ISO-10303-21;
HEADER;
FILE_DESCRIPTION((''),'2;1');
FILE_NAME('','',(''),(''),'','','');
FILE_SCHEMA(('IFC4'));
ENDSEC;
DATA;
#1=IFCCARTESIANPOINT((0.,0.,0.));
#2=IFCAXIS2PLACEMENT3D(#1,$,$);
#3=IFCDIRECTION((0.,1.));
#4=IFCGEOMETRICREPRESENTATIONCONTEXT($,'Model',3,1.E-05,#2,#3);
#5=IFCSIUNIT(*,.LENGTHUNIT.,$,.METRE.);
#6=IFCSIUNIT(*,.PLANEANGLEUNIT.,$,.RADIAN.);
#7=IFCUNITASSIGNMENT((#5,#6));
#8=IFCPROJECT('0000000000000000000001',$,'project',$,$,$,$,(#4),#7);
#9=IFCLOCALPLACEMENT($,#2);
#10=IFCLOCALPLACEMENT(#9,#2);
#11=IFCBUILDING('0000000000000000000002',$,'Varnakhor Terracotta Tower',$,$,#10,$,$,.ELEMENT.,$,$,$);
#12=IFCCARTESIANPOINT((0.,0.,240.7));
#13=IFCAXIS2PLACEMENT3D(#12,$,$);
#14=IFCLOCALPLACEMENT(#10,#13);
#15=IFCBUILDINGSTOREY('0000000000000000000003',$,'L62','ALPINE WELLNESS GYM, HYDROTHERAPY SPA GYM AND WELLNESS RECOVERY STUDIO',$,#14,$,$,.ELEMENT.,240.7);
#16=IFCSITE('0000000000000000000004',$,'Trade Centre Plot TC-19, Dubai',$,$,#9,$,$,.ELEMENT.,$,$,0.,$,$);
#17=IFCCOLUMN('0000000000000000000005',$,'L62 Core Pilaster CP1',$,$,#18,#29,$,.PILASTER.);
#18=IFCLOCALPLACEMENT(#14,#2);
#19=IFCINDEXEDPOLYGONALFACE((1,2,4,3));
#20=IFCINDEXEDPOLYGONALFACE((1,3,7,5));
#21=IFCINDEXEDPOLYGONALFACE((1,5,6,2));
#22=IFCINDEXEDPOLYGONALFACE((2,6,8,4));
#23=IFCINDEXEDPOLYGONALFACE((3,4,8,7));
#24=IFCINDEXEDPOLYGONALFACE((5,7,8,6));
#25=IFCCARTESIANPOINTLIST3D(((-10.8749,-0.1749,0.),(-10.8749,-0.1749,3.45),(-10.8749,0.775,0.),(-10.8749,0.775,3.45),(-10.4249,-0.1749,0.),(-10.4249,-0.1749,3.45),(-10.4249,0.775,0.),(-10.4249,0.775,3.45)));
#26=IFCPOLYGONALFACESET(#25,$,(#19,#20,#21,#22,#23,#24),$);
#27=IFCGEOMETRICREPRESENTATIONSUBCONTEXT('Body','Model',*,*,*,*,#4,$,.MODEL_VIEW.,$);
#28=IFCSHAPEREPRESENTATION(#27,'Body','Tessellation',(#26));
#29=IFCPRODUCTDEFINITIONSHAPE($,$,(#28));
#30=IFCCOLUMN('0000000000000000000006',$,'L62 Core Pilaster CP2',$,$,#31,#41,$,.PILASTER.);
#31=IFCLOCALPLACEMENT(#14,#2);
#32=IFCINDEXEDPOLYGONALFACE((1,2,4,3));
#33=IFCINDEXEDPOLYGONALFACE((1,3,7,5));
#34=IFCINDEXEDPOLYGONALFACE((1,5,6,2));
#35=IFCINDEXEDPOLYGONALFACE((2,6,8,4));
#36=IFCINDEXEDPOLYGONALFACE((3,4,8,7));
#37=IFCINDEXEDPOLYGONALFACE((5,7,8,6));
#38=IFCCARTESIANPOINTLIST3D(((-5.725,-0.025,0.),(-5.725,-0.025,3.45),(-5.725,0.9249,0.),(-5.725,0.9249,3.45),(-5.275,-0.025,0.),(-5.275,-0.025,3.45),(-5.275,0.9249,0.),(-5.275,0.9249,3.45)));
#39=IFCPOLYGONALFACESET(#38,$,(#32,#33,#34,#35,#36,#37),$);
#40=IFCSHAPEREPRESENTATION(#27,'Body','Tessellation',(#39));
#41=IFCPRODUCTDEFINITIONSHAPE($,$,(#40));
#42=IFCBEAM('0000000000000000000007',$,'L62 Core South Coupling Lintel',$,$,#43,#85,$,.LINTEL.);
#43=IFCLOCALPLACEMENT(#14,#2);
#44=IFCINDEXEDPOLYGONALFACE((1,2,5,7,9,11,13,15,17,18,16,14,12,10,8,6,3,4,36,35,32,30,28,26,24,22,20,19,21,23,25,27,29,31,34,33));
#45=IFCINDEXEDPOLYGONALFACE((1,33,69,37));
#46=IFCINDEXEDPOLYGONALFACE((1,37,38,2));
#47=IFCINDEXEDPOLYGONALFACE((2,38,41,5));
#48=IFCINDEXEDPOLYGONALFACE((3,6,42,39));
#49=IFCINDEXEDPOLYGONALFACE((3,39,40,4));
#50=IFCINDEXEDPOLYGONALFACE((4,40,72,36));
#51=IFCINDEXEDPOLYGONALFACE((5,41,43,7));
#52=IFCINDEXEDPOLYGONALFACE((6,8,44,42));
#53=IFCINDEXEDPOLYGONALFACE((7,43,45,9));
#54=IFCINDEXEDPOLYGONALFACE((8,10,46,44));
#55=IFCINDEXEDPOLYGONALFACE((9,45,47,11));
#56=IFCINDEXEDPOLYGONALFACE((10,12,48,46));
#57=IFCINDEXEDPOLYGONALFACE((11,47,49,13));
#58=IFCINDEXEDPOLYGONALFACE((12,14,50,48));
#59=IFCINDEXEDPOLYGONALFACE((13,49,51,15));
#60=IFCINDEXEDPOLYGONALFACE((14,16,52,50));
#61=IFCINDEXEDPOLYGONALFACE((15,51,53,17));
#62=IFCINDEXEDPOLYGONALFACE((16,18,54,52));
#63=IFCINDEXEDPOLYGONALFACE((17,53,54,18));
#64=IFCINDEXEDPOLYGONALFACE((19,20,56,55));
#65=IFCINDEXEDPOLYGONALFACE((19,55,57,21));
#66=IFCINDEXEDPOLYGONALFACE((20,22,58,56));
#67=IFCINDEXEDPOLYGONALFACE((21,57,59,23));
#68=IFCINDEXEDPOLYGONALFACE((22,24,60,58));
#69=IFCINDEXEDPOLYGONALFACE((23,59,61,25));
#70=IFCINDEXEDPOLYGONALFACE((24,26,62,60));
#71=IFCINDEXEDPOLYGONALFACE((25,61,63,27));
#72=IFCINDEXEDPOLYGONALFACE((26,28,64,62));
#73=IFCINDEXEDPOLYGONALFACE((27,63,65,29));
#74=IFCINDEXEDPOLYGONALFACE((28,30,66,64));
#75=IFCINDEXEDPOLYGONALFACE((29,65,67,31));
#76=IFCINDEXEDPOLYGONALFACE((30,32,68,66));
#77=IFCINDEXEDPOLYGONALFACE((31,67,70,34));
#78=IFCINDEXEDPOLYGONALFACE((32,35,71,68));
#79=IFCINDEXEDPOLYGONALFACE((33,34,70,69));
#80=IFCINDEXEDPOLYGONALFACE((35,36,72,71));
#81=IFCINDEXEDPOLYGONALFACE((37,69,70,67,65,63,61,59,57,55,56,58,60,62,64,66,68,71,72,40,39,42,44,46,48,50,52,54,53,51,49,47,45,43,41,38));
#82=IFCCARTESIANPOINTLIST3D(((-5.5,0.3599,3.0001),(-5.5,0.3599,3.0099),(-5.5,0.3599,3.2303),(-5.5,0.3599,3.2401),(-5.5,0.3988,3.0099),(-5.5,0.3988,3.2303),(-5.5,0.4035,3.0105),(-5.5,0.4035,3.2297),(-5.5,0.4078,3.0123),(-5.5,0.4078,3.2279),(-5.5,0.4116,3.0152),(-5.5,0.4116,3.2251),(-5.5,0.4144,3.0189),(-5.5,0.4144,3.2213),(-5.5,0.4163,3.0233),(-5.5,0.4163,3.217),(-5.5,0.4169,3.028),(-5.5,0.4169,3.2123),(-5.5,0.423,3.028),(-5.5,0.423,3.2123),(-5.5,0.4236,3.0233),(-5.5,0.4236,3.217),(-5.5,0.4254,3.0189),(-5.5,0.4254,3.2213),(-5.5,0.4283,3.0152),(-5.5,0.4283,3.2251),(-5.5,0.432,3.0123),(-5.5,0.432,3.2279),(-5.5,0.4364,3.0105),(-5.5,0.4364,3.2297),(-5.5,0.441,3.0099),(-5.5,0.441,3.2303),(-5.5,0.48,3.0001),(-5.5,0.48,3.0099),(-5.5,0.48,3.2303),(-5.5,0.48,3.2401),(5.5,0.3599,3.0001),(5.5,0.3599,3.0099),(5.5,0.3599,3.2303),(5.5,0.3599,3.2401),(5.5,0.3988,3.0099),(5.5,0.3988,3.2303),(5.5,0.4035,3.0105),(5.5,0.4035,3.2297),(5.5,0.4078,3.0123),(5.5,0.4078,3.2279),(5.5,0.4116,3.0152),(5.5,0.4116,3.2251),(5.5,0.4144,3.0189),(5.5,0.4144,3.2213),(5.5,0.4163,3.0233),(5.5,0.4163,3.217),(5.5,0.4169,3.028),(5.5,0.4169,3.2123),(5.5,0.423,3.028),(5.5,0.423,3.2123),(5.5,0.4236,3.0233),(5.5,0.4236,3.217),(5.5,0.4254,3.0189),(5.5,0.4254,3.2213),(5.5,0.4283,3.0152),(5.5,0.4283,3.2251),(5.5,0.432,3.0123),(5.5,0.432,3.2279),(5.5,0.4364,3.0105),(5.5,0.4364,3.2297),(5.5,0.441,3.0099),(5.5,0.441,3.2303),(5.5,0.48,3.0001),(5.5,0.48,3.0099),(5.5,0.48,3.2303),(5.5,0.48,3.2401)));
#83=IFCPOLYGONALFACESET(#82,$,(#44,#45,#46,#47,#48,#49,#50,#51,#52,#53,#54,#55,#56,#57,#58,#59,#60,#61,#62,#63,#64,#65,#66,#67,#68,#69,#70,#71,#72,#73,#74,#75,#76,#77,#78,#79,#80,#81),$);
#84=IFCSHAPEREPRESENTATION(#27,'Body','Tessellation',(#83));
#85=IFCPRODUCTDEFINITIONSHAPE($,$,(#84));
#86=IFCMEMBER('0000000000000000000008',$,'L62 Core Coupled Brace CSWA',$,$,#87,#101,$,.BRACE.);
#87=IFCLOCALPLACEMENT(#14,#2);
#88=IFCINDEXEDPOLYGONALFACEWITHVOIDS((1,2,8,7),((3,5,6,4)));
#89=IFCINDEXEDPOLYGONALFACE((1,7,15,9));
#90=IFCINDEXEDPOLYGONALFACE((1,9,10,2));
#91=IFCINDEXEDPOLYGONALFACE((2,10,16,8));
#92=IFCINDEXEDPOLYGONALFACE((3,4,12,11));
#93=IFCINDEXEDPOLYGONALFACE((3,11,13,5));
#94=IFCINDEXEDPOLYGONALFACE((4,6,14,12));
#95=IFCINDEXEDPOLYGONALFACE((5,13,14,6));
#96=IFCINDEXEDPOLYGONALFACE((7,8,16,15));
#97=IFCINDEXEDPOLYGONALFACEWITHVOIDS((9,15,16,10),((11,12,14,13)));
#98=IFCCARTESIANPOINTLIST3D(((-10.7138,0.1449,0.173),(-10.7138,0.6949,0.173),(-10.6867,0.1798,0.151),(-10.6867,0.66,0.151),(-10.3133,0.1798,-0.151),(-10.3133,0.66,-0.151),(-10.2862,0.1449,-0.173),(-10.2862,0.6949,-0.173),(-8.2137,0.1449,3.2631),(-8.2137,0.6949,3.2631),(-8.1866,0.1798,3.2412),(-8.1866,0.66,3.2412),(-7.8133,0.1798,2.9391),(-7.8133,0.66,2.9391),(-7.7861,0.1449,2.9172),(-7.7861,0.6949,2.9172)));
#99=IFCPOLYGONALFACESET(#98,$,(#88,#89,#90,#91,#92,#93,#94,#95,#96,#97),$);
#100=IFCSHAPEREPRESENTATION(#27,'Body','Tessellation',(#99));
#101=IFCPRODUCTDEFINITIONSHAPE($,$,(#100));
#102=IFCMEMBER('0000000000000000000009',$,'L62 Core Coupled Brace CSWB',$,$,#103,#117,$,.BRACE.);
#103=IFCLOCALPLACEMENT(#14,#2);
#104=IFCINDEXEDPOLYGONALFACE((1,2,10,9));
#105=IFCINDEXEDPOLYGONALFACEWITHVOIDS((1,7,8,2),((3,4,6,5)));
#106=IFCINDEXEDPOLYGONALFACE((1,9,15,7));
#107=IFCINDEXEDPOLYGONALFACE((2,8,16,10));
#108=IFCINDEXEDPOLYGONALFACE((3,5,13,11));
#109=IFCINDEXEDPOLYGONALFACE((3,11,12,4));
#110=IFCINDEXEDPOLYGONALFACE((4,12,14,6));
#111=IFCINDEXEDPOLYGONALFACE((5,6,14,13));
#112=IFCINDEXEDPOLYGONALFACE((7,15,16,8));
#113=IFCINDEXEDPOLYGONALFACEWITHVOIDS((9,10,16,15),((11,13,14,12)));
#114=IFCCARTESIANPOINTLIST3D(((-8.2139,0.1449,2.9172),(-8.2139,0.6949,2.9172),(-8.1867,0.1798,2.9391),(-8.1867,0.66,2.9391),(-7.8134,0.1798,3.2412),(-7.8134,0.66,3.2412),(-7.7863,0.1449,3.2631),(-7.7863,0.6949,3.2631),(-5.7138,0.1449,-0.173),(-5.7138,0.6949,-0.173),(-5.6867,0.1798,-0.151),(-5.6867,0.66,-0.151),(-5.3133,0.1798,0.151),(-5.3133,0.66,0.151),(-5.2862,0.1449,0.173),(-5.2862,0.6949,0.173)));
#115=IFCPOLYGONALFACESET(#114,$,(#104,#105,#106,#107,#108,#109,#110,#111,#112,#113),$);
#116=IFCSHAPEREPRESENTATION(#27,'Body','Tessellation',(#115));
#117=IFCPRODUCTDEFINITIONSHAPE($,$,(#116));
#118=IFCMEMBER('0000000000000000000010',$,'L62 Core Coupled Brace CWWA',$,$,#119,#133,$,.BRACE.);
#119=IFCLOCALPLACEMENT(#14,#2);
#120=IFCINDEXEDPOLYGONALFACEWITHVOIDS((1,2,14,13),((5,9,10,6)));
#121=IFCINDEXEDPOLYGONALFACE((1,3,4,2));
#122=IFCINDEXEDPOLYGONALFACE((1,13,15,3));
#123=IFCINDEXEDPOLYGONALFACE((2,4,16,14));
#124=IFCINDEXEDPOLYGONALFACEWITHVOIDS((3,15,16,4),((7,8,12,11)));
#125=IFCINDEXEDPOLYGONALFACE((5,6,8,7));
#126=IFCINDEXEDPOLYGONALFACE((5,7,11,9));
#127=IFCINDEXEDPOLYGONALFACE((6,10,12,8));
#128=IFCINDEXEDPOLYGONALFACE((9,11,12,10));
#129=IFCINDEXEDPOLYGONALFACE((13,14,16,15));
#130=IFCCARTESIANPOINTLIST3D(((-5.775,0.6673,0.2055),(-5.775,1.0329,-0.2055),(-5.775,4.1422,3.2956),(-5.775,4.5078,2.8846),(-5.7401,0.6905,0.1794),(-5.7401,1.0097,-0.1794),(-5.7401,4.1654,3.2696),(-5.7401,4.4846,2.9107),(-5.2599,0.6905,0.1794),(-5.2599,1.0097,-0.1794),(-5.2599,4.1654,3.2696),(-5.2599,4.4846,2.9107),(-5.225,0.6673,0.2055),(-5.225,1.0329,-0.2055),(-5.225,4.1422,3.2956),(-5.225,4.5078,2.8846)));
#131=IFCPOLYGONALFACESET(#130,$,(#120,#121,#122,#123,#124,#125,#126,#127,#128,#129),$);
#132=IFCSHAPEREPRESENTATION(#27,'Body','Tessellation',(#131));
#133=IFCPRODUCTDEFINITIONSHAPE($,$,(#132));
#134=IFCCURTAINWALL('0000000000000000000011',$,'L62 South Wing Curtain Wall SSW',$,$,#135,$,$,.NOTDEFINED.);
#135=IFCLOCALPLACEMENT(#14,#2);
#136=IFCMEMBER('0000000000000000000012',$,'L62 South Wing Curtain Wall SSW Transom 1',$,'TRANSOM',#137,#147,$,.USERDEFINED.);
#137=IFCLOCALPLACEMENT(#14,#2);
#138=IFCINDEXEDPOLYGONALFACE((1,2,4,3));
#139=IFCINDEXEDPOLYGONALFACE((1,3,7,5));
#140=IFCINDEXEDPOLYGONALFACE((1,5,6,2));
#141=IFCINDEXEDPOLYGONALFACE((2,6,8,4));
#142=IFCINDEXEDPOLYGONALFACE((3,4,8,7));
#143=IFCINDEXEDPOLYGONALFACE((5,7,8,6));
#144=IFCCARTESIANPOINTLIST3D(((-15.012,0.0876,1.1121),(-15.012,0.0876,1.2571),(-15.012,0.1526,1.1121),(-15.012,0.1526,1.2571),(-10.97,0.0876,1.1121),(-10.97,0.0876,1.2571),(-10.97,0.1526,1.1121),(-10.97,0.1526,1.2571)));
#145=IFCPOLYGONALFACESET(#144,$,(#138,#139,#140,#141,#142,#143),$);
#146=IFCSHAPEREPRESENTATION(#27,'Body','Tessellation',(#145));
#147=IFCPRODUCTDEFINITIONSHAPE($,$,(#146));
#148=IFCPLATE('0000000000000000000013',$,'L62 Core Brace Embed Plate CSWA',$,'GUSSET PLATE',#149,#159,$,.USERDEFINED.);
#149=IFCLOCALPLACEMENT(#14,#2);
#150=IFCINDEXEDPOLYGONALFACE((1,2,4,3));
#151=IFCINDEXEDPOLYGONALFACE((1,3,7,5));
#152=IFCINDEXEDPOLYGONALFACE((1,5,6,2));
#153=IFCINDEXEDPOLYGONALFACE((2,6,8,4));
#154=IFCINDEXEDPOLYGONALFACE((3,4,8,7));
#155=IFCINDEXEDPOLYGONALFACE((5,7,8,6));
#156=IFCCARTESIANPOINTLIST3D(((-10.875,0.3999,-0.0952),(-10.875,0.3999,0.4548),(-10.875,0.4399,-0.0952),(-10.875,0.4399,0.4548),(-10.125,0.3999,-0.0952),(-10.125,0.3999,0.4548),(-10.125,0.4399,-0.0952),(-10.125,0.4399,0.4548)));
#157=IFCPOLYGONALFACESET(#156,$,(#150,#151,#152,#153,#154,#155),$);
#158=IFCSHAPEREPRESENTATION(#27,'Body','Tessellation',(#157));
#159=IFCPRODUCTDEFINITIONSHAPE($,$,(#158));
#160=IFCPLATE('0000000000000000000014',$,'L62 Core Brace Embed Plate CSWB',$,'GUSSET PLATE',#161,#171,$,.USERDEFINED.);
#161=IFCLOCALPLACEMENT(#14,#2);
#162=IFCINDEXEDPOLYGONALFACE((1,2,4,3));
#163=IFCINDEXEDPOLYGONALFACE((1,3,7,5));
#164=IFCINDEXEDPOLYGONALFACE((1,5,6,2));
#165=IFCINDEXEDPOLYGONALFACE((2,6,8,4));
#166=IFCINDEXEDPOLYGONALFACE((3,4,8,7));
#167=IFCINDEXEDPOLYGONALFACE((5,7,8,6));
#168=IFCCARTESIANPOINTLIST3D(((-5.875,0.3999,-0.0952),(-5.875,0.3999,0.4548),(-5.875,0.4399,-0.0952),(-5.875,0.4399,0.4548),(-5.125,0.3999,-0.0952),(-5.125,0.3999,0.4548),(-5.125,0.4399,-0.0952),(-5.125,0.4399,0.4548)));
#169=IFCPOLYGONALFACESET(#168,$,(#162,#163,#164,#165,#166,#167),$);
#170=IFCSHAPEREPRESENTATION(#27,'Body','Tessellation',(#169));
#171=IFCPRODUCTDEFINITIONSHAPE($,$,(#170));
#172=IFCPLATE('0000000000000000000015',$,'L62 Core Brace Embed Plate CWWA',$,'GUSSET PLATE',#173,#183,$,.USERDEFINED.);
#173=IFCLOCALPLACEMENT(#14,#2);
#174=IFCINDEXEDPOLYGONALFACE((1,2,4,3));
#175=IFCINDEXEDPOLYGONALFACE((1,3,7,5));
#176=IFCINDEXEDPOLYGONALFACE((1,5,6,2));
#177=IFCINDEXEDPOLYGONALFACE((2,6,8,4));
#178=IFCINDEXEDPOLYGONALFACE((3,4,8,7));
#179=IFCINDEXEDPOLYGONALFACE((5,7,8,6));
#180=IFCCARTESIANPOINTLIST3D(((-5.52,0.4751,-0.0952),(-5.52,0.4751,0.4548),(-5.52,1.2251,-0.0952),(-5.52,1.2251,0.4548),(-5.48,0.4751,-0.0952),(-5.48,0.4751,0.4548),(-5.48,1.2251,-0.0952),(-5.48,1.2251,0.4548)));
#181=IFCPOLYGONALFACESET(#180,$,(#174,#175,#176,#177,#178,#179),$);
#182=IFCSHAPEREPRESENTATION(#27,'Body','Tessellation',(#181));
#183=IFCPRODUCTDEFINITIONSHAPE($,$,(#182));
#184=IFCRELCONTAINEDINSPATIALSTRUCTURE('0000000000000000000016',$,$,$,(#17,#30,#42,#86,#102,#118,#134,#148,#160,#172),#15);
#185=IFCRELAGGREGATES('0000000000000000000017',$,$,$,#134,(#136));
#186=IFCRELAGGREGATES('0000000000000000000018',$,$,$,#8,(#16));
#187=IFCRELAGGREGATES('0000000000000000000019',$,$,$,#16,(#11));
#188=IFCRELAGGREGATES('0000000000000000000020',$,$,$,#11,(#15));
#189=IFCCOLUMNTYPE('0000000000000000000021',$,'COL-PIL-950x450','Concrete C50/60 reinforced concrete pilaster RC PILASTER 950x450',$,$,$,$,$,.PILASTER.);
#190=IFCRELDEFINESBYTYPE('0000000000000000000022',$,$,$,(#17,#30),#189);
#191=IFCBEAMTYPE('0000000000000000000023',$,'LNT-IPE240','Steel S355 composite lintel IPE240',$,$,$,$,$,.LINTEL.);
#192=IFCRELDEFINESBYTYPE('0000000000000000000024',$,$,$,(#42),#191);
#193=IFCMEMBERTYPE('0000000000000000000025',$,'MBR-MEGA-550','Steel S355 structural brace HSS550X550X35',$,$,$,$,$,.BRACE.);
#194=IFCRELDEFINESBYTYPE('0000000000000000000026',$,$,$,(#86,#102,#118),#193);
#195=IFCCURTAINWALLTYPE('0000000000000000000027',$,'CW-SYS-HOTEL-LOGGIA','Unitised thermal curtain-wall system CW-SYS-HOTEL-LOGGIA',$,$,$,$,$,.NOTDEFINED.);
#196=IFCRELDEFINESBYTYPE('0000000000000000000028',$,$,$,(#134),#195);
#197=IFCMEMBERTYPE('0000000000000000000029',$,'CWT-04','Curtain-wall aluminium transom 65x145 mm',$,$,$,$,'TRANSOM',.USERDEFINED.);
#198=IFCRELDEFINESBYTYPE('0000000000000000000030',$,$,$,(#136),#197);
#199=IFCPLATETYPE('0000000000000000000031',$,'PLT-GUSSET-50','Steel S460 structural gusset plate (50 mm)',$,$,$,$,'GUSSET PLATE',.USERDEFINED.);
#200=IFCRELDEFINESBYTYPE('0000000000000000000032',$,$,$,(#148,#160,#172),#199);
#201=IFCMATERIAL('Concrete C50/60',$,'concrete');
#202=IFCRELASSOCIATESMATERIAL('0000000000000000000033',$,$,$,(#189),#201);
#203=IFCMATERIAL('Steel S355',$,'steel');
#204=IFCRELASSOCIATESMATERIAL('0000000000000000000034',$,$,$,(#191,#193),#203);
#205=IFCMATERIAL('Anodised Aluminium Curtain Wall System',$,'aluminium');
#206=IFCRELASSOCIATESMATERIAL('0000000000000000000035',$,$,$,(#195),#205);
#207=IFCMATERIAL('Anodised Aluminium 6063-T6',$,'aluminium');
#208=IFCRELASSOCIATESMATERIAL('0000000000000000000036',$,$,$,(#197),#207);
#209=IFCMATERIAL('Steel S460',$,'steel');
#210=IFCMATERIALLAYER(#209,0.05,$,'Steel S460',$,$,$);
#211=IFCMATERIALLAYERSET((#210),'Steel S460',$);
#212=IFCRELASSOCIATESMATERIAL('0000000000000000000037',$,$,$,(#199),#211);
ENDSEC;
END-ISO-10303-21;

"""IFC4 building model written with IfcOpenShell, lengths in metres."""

from ifc_helpers import new_model, si_unit, direction, frame, origin, origin_2d, place, context, subcontext, project, spatial, rectangle, hollow_rectangle, i_section, extrude, source, transform, mapped, material, layer, layer_set, material_profile, profile_set, type_object, type_shapes, element, aggregate, save


model = new_model("IFC4")

# Units and contexts
model_context = context("Model", 3, precision=1e-05, world=origin(), true_north=direction((0.0, 1.0)))
body_context = subcontext(model_context, "Body", "Model", "MODEL_VIEW")
ifc_project = project(units=[si_unit("LENGTHUNIT", "METRE"), si_unit("PLANEANGLEUNIT", "RADIAN")], contexts=[model_context])

# Site, building, storey
site_placement = place(None, origin())
site = spatial("IfcSite", under=ifc_project, at=site_placement, Name="Trade Centre Plot TC-19, Dubai", CompositionType="ELEMENT", RefElevation=0.0)
building_placement = place(site_placement, origin())
building = spatial("IfcBuilding", under=site, at=building_placement, Name="Varnakhor Terracotta Tower", CompositionType="ELEMENT")
storey_placement = place(building_placement, frame((0.0, 0.0, 240.7)))
storey = spatial("IfcBuildingStorey", under=building, at=storey_placement, Name="L62", Description="ALPINE WELLNESS GYM, HYDROTHERAPY SPA GYM AND WELLNESS RECOVERY STUDIO", CompositionType="ELEMENT", Elevation=240.7)

# Columns
ifc_material_1 = material(Name="Concrete C50/60", Category="concrete")
ifc_material_profile_1 = material_profile(ifc_material_1, rectangle(XDim=0.45, YDim=0.95, at=origin_2d()), Name="RC PILASTER 950x450")
ifc_profile_set_1 = profile_set([ifc_material_profile_1], Name="Concrete C50/60")
column_type = type_object("IfcColumnType", Name="COL-PIL-950x450", Description="Concrete C50/60 reinforced concrete pilaster RC PILASTER 950x450", PredefinedType="PILASTER", material=ifc_profile_set_1)
shared_shape_1 = source(origin(), body_context, "Body", "SweptSolid", [
    extrude(rectangle(XDim=0.45, YDim=0.95, at=origin_2d()), origin(), (0.0, 0.0, 1.0), 3.45),
])
for number, where, z_axis, x_axis, name in (
    (1, (-10.6499, 0.3, 0.0), (0.0, 0.0, 1.0), (1.0, 0.0, 0.0), "L62 Core Pilaster CP1"),
    (2, (-5.5, 0.45, 0.0), (0.0, 0.0, 1.0), (1.0, 0.0, 0.0), "L62 Core Pilaster CP2"),
):
    element("IfcColumn", number, at=place(storey_placement, frame(where, z_axis=z_axis, x_axis=x_axis)), inside=storey, type_object=column_type, Name=name, PredefinedType="PILASTER", context=body_context, shape_type="MappedRepresentation", body=[
        mapped(shared_shape_1, transform((0.0, 0.0, 0.0), scale=1.0)),
    ])

# Beam
ifc_material_2 = material(Name="Steel S355", Category="steel")
ifc_material_profile_2 = material_profile(ifc_material_2, i_section(OverallWidth=0.1201, OverallDepth=0.24, WebThickness=0.0061, FlangeThickness=0.0098, FilletRadius=0.0181, at=origin_2d()), Name="IPE240")
ifc_profile_set_2 = profile_set([ifc_material_profile_2], Name="Steel S355")
beam_type = type_object("IfcBeamType", Name="LNT-IPE240", Description="Steel S355 composite lintel IPE240", PredefinedType="LINTEL", material=ifc_profile_set_2)
shared_shape_2 = source(origin(), body_context, "Body", "SweptSolid", [
    extrude(i_section(OverallWidth=0.1201, OverallDepth=0.24, WebThickness=0.0061, FlangeThickness=0.0098, FilletRadius=0.0181, at=origin_2d()), origin(), (0.0, 0.0, 1.0), 11.0),
])
type_shapes(beam_type, [shared_shape_2])
beam_placement = place(storey_placement, frame((-5.5, 0.4199, 3.1201), z_axis=(1.0, 0.0, 0.0), x_axis=(0.0, 1.0, 0.0)))
element("IfcBeam", 3, at=beam_placement, inside=storey, type_object=beam_type, Name="L62 Core South Coupling Lintel", PredefinedType="LINTEL", context=body_context, shape_type="MappedRepresentation", body=[
    mapped(shared_shape_2, transform((0.0, 0.0, 0.0), scale=1.0)),
])

# Members
ifc_material_profile_3 = material_profile(ifc_material_2, hollow_rectangle(XDim=0.55, YDim=0.55, WallThickness=0.0349, at=origin_2d()), Name="HSS550X550X35")
ifc_profile_set_3 = profile_set([ifc_material_profile_3], Name="Steel S355")
member_type_1 = type_object("IfcMemberType", Name="MBR-MEGA-550", Description="Steel S355 structural brace HSS550X550X35", PredefinedType="BRACE", material=ifc_profile_set_3)
shared_shape_3 = source(origin(), body_context, "Body", "SweptSolid", [
    extrude(hollow_rectangle(XDim=0.55, YDim=0.55, WallThickness=0.0349, at=origin_2d()), origin(), (0.0, 0.0, 1.0), 3.9749),
])
for number, where, z_axis, x_axis, name in (
    (4, (-10.5, 0.4199, 0.0), (0.62897, 0.0, 0.777429), (0.0, 1.0, 0.0), "L62 Core Coupled Brace CSWA"),
    (5, (-5.5, 0.4199, 0.0), (-0.62897, 0.0, 0.777429), (0.0, -1.0, 0.0), "L62 Core Coupled Brace CSWB"),
):
    element("IfcMember", number, at=place(storey_placement, frame(where, z_axis=z_axis, x_axis=x_axis)), inside=storey, type_object=member_type_1, Name=name, PredefinedType="BRACE", context=body_context, shape_type="MappedRepresentation", body=[
        mapped(shared_shape_3, transform((0.0, 0.0, 0.0), scale=1.0)),
    ])
shared_shape_4 = source(origin(), body_context, "Body", "SweptSolid", [
    extrude(hollow_rectangle(XDim=0.55, YDim=0.55, WallThickness=0.0349, at=origin_2d()), origin(), (0.0, 0.0, 1.0), 4.6501),
])
member_1_placement = place(storey_placement, frame((-5.5, 0.8501, 0.0), z_axis=(0.0, 0.747267, 0.664524), x_axis=(-1.0, 0.0, 0.0)))
element("IfcMember", 6, at=member_1_placement, inside=storey, type_object=member_type_1, Name="L62 Core Coupled Brace CWWA", PredefinedType="BRACE", context=body_context, shape_type="MappedRepresentation", body=[
    mapped(shared_shape_4, transform((0.0, 0.0, 0.0), scale=1.0)),
])

# Curtain wall, member
ifc_material_3 = material(Name="Anodised Aluminium Curtain Wall System", Category="aluminium")
curtain_wall_type = type_object("IfcCurtainWallType", Name="CW-SYS-HOTEL-LOGGIA", Description="Unitised thermal curtain-wall system CW-SYS-HOTEL-LOGGIA", PredefinedType="NOTDEFINED", material=ifc_material_3)
curtain_wall_placement = place(storey_placement, origin())
curtain_wall = element("IfcCurtainWall", 7, at=curtain_wall_placement, inside=storey, type_object=curtain_wall_type, Name="L62 South Wing Curtain Wall SSW", PredefinedType="NOTDEFINED")
ifc_material_4 = material(Name="Anodised Aluminium 6063-T6", Category="aluminium")
ifc_material_profile_4 = material_profile(ifc_material_4, rectangle(XDim=0.0649, YDim=0.145, at=origin_2d()), Name="ALU TRANSOM 65x145")
ifc_profile_set_4 = profile_set([ifc_material_profile_4], Name="Anodised Aluminium 6063-T6")
member_type_2 = type_object("IfcMemberType", Name="CWT-04", Description="Curtain-wall aluminium transom 65x145 mm", ElementType="TRANSOM", PredefinedType="USERDEFINED", material=ifc_profile_set_4)
shared_shape_5 = source(origin(), body_context, "Body", "SweptSolid", [
    extrude(rectangle(XDim=0.0649, YDim=0.145, at=origin_2d()), origin(), (0.0, 0.0, 1.0), 4.042),
])
member_2_placement = place(storey_placement, frame((-10.97, 0.1201, 1.1846), z_axis=(-1.0, 0.0, 0.0), x_axis=(0.0, -1.0, 0.0)))
member_2 = element("IfcMember", 8, at=member_2_placement, type_object=member_type_2, Name="L62 South Wing Curtain Wall SSW Transom 1", ObjectType="TRANSOM", PredefinedType="USERDEFINED", context=body_context, shape_type="MappedRepresentation", body=[
    mapped(shared_shape_5, transform((0.0, 0.0, 0.0), scale=1.0)),
])
aggregate(curtain_wall, [member_2])

# Plates
ifc_material_5 = material(Name="Steel S460", Category="steel")
ifc_layer_1 = layer(ifc_material_5, 0.05, Name="Steel S460")
ifc_layer_set_1 = layer_set([ifc_layer_1], Name="Steel S460")
plate_type = type_object("IfcPlateType", Name="PLT-GUSSET-50", Description="Steel S460 structural gusset plate (50 mm)", ElementType="GUSSET PLATE", PredefinedType="USERDEFINED", material=ifc_layer_set_1)
shared_shape_6 = source(origin(), body_context, "Body", "SweptSolid", [
    extrude(rectangle(XDim=0.75, YDim=0.04, at=origin_2d()), origin(), (0.0, 0.0, 1.0), 0.55),
])
type_shapes(plate_type, [shared_shape_6])
for number, where, z_axis, x_axis, name in (
    (9, (-10.5, 0.4199, -0.0952), (0.0, 0.0, 1.0), (1.0, 0.0, 0.0), "L62 Core Brace Embed Plate CSWA"),
    (10, (-5.5, 0.4199, -0.0952), (0.0, 0.0, 1.0), (1.0, 0.0, 0.0), "L62 Core Brace Embed Plate CSWB"),
    (11, (-5.5, 0.8501, -0.0952), (0.0, 0.0, 1.0), (0.0, 1.0, 0.0), "L62 Core Brace Embed Plate CWWA"),
):
    element("IfcPlate", number, at=place(storey_placement, frame(where, z_axis=z_axis, x_axis=x_axis)), inside=storey, type_object=plate_type, Name=name, ObjectType="GUSSET PLATE", PredefinedType="USERDEFINED", context=body_context, shape_type="MappedRepresentation", body=[
        mapped(shared_shape_6, transform((0.0, 0.0, 0.0), scale=1.0)),
    ])

save(model, "model.ifc")
